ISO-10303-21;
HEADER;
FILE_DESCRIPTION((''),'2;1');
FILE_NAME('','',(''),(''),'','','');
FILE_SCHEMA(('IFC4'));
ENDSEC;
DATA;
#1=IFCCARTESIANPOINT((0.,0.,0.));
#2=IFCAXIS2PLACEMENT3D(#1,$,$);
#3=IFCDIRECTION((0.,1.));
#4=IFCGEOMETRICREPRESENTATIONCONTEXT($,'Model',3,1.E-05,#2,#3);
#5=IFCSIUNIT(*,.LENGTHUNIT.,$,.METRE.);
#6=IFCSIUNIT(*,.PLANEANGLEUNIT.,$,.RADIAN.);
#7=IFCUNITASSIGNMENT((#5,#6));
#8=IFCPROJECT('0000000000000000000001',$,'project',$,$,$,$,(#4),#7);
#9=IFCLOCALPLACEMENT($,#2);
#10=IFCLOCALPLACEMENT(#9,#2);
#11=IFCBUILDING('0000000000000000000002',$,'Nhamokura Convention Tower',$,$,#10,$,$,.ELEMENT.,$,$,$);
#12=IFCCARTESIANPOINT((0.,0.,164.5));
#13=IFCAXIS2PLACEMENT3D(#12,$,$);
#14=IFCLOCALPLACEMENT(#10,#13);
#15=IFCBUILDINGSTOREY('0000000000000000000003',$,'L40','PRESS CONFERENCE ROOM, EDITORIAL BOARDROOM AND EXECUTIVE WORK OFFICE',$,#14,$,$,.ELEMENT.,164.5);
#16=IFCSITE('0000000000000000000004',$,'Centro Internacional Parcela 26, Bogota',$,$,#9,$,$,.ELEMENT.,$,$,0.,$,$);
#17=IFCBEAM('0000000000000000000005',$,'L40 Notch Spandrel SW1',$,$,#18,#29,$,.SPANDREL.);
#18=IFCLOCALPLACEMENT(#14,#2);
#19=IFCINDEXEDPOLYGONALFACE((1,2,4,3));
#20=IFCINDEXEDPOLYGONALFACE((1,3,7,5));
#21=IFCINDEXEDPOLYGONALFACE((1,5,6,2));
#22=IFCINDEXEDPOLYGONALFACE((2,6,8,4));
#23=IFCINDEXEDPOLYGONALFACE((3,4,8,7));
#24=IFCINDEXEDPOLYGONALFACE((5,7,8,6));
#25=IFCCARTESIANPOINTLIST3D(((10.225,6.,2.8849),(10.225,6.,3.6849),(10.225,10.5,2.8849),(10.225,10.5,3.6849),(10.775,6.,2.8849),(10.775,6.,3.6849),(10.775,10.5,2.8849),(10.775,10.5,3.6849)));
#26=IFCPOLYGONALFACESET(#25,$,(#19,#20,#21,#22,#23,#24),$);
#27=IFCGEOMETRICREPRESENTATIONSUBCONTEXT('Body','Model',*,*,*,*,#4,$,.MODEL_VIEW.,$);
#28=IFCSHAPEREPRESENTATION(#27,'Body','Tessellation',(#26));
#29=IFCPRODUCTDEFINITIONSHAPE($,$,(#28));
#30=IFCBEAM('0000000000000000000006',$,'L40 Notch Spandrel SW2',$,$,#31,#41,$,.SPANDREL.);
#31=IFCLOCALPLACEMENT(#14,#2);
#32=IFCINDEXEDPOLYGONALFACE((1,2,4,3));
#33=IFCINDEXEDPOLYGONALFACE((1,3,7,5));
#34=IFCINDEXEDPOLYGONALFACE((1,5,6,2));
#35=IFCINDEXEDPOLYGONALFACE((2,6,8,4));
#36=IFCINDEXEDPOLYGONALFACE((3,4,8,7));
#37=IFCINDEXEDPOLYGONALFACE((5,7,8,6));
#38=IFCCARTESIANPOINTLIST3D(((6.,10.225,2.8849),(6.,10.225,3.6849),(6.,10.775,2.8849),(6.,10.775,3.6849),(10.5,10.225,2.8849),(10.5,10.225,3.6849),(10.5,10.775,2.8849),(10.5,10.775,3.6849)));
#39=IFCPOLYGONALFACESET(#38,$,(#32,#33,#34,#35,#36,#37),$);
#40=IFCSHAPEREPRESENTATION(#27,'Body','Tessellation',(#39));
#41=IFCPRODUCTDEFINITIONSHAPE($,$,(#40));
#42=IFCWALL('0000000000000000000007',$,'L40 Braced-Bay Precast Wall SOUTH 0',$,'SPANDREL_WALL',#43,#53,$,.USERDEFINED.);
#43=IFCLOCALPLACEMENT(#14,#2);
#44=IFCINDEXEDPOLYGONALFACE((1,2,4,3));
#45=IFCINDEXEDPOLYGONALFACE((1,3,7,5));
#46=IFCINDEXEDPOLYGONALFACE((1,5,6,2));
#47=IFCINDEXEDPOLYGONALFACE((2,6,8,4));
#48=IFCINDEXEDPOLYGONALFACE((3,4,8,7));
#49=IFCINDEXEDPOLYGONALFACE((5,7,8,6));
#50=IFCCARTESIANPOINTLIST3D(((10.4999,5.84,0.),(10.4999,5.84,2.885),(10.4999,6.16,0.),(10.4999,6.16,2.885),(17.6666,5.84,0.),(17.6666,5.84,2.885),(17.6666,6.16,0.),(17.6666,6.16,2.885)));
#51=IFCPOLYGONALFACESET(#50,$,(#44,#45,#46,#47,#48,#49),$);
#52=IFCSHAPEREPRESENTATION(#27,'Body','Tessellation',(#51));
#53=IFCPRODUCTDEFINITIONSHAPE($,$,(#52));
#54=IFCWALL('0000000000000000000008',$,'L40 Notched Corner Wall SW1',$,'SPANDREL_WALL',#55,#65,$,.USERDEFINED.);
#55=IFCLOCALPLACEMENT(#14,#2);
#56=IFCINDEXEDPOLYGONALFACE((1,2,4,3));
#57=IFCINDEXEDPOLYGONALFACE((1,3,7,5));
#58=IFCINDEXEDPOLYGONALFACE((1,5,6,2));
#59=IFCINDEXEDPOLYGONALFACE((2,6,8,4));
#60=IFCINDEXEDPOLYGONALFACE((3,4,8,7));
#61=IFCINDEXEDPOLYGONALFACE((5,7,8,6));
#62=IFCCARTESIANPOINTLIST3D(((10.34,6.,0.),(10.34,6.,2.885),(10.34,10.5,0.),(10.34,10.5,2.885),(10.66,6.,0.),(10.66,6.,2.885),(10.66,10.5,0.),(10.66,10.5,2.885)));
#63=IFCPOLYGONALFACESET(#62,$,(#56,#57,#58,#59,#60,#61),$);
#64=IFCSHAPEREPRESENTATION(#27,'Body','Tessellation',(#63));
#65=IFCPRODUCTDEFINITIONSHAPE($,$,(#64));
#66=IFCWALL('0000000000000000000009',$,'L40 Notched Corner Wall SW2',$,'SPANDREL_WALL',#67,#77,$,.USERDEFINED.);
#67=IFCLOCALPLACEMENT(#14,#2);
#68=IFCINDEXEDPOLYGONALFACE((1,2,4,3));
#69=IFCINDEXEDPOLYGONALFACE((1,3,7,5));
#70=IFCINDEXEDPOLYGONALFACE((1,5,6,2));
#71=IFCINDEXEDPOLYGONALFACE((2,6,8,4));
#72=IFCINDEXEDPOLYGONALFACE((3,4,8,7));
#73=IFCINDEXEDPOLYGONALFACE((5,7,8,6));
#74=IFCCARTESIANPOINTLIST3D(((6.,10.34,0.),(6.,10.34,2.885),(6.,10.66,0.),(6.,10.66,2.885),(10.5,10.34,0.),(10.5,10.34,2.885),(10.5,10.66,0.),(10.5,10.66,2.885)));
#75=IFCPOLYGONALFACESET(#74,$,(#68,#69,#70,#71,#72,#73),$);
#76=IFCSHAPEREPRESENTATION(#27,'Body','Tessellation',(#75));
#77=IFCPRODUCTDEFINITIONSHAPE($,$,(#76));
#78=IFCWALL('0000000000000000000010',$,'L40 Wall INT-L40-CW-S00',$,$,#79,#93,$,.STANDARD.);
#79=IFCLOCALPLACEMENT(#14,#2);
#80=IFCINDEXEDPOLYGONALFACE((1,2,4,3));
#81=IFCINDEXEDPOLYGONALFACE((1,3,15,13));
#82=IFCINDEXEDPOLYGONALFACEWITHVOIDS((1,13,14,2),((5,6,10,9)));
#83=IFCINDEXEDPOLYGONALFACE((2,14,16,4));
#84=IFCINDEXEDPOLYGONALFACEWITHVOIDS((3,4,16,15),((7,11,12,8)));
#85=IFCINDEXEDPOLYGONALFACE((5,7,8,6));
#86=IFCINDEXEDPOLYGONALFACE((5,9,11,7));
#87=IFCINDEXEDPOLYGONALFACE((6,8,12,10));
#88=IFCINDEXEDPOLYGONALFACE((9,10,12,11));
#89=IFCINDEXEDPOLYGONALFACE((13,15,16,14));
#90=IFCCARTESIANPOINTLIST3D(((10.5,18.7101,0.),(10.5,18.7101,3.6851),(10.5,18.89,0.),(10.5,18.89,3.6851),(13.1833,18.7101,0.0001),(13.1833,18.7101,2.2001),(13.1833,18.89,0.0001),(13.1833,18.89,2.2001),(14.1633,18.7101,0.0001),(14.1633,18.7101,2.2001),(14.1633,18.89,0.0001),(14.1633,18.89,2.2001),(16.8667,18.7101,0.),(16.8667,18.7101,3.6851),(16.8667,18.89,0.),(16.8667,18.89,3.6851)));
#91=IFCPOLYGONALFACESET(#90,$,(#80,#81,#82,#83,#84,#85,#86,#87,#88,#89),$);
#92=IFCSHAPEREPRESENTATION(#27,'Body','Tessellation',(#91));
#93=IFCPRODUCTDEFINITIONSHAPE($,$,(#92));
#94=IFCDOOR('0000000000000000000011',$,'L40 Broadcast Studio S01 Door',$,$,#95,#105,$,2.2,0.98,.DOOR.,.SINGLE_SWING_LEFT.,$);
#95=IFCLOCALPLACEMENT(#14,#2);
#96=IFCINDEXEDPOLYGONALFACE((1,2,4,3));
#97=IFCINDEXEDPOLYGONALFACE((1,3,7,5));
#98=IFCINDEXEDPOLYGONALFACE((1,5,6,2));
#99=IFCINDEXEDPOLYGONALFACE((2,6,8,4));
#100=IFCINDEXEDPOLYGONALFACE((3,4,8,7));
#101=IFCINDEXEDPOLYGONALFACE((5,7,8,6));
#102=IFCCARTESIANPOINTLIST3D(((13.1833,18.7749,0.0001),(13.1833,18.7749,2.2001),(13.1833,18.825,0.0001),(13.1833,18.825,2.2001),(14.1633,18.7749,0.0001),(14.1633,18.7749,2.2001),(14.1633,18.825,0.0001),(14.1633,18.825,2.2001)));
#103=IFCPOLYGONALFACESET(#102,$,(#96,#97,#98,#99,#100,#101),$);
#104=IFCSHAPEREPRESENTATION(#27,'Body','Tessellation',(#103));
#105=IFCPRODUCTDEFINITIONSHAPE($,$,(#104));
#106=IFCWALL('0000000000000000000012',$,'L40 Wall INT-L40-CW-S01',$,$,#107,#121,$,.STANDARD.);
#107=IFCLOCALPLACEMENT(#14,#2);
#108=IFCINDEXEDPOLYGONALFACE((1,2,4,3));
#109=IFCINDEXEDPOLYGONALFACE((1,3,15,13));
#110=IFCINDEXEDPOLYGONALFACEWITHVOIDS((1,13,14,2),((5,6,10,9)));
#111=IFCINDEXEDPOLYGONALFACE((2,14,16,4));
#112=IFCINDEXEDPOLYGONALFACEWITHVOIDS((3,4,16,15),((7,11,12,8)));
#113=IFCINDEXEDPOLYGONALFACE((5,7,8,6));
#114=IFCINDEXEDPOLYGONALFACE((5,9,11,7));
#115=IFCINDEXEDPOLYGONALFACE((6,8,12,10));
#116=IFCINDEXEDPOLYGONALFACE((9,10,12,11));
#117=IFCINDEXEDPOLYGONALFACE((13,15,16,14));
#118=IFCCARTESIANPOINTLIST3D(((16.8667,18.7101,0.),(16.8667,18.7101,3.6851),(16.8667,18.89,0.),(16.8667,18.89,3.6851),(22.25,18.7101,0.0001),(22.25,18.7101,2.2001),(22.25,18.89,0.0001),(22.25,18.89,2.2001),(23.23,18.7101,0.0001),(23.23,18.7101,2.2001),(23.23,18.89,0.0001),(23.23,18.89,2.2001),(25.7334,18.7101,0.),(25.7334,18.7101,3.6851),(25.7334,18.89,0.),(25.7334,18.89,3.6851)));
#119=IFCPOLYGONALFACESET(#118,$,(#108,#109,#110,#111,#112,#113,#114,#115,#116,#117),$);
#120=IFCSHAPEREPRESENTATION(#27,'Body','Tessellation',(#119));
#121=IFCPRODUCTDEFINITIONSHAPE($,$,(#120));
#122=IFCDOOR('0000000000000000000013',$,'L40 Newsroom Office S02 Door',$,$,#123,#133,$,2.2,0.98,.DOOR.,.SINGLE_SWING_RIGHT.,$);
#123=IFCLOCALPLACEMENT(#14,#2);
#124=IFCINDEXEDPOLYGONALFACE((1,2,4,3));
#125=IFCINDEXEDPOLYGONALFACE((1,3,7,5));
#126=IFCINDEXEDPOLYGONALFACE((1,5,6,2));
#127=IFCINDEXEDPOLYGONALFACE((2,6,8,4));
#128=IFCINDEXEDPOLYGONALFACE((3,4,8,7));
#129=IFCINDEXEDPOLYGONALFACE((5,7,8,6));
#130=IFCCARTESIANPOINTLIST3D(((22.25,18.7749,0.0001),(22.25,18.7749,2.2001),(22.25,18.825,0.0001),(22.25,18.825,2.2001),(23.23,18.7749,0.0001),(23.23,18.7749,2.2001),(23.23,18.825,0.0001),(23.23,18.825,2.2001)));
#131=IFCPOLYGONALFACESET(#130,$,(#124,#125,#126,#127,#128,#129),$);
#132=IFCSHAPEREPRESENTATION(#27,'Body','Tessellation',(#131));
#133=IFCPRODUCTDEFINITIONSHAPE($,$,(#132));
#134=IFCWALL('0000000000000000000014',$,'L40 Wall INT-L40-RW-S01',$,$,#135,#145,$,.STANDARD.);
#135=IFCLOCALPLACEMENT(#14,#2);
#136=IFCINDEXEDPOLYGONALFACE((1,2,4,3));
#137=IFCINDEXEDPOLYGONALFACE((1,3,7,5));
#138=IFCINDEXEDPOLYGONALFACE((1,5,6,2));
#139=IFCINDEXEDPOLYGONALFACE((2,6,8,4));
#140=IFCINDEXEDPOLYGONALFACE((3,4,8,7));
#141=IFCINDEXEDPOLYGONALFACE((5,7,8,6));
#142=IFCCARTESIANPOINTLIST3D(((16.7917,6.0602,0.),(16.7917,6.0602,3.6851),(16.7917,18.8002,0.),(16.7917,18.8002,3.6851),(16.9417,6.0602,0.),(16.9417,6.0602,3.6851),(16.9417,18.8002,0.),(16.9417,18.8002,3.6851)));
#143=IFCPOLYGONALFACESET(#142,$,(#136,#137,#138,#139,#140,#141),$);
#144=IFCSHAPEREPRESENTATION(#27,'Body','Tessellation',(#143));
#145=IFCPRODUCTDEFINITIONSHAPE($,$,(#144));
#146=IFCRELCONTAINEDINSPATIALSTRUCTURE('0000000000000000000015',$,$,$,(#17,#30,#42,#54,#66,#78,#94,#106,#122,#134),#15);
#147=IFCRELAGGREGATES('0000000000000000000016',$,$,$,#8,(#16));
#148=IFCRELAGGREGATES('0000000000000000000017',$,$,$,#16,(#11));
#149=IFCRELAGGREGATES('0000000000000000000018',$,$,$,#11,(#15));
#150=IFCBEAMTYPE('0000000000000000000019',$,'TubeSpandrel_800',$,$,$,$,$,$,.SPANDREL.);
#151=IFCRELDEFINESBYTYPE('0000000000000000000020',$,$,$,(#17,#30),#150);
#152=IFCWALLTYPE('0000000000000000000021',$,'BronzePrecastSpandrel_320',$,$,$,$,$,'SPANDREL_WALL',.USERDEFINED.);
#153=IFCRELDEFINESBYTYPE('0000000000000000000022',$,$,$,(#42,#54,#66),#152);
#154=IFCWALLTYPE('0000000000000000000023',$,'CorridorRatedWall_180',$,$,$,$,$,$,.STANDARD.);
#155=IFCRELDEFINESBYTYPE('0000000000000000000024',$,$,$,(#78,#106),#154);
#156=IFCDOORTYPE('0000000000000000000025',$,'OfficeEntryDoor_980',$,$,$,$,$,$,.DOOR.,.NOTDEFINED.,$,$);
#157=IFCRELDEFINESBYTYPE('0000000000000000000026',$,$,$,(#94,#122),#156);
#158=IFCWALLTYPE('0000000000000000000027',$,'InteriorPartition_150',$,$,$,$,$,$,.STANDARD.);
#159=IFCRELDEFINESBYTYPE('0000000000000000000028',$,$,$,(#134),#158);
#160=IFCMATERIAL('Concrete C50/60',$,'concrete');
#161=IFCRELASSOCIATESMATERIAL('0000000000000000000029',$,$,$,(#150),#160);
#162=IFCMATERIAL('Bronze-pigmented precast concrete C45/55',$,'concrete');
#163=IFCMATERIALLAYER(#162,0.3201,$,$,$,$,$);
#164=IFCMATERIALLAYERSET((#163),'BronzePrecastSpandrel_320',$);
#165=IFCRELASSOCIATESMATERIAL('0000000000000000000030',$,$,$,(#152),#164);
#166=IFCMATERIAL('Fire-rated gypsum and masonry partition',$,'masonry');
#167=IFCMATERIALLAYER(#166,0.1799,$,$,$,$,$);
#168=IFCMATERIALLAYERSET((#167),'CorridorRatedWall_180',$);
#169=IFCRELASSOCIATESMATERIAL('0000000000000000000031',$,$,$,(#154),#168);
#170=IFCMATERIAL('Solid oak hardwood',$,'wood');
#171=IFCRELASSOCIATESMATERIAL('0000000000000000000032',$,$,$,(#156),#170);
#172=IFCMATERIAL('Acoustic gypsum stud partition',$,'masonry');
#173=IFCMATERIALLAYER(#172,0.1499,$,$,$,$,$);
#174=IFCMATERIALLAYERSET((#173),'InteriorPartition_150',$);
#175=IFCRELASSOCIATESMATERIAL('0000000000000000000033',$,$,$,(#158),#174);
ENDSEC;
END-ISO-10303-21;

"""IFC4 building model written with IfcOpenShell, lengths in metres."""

from ifc_helpers import new_model, si_unit, direction, frame, frame_2d, origin, origin_2d, place, context, subcontext, project, spatial, rectangle, extrude, material, layer, layer_set, material_profile, profile_set, type_object, element, fill, save


model = new_model("IFC4")

# Units and contexts
model_context = context("Model", 3, precision=1e-05, world=origin(), true_north=direction((0.0, 1.0)))
body_context = subcontext(model_context, "Body", "Model", "MODEL_VIEW")
ifc_project = project(units=[si_unit("LENGTHUNIT", "METRE"), si_unit("PLANEANGLEUNIT", "RADIAN")], contexts=[model_context])

# Site, building, storey
site_placement = place(None, origin())
site = spatial("IfcSite", under=ifc_project, at=site_placement, Name="Centro Internacional Parcela 26, Bogota", CompositionType="ELEMENT", RefElevation=0.0)
building_placement = place(site_placement, origin())
building = spatial("IfcBuilding", under=site, at=building_placement, Name="Nhamokura Convention Tower", CompositionType="ELEMENT")
storey_placement = place(building_placement, frame((0.0, 0.0, 164.5)))
storey = spatial("IfcBuildingStorey", under=building, at=storey_placement, Name="L40", Description="PRESS CONFERENCE ROOM, EDITORIAL BOARDROOM AND EXECUTIVE WORK OFFICE", CompositionType="ELEMENT", Elevation=164.5)

# Beams
ifc_material_1 = material(Name="Concrete C50/60", Category="concrete")
ifc_material_profile_1 = material_profile(ifc_material_1, rectangle(XDim=0.55, YDim=0.8, at=origin_2d()))
ifc_profile_set_1 = profile_set([ifc_material_profile_1], Name="Concrete C50/60")
beam_type_1 = type_object("IfcBeamType", Name="TubeSpandrel_800", PredefinedType="SPANDREL", material=ifc_profile_set_1)
for number, where, z_axis, x_axis, name in (
    (1, (10.5, 6.0, 3.2849), (0.0, 1.0, 0.0), (-1.0, 0.0, 0.0), "L40 Notch Spandrel SW1"),
    (2, (10.5, 10.5, 3.2849), (-1.0, 0.0, 0.0), (0.0, -1.0, 0.0), "L40 Notch Spandrel SW2"),
):
    element("IfcBeam", number, at=place(storey_placement, frame(where, z_axis=z_axis, x_axis=x_axis)), inside=storey, type_object=beam_type_1, Name=name, PredefinedType="SPANDREL", context=body_context, shape_type="SweptSolid", body=[
        extrude(rectangle(XDim=0.55, YDim=0.8, at=origin_2d()), origin(), (0.0, 0.0, 1.0), 4.5),
    ])

# Walls
ifc_material_2 = material(Name="Bronze-pigmented precast concrete C45/55", Category="concrete")
ifc_layer_1 = layer(ifc_material_2, 0.3201)
ifc_layer_set_1 = layer_set([ifc_layer_1], Name="BronzePrecastSpandrel_320")
wall_type_1 = type_object("IfcWallType", Name="BronzePrecastSpandrel_320", ElementType="SPANDREL_WALL", PredefinedType="USERDEFINED", material=ifc_layer_set_1)
wall_1_placement = place(storey_placement, frame((17.6667, 6.0, 0.0), z_axis=(0.0, 0.0, 1.0), x_axis=(-1.0, 0.0, 0.0)))
element("IfcWall", 3, at=wall_1_placement, inside=storey, type_object=wall_type_1, Name="L40 Braced-Bay Precast Wall SOUTH 0", ObjectType="SPANDREL_WALL", PredefinedType="USERDEFINED", context=body_context, shape_type="SweptSolid", body=[
    extrude(rectangle(XDim=7.1667, YDim=0.3201, at=frame_2d((3.5835, 0.0))), origin(), (0.0, 0.0, 1.0), 2.885),
])
for number, where, z_axis, x_axis, name in (
    (4, (10.5, 6.0, 0.0), (0.0, 0.0, 1.0), (0.0, 1.0, 0.0), "L40 Notched Corner Wall SW1"),
    (5, (10.5, 10.5, 0.0), (0.0, 0.0, 1.0), (-1.0, 0.0, 0.0), "L40 Notched Corner Wall SW2"),
):
    element("IfcWall", number, at=place(storey_placement, frame(where, z_axis=z_axis, x_axis=x_axis)), inside=storey, type_object=wall_type_1, Name=name, ObjectType="SPANDREL_WALL", PredefinedType="USERDEFINED", context=body_context, shape_type="SweptSolid", body=[
        extrude(rectangle(XDim=4.5, YDim=0.3201, at=frame_2d((2.25, 0.0))), origin(), (0.0, 0.0, 1.0), 2.885),
    ])

# Walls, openings, doors
ifc_material_3 = material(Name="Fire-rated gypsum and masonry partition", Category="masonry")
ifc_layer_2 = layer(ifc_material_3, 0.1799)
ifc_layer_set_2 = layer_set([ifc_layer_2], Name="CorridorRatedWall_180")
wall_type_2 = type_object("IfcWallType", Name="CorridorRatedWall_180", PredefinedType="STANDARD", material=ifc_layer_set_2)
wall_2_placement = place(storey_placement, frame((10.5, 18.8, 0.0), z_axis=(0.0, 0.0, 1.0), x_axis=(1.0, 0.0, 0.0)))
wall_2 = element("IfcWall", 6, at=wall_2_placement, inside=storey, type_object=wall_type_2, Name="L40 Wall INT-L40-CW-S00", PredefinedType="STANDARD", context=body_context, shape_type="SweptSolid", body=[
    extrude(rectangle(XDim=6.3667, YDim=0.1799, at=frame_2d((3.1833, 0.0))), origin(), (0.0, 0.0, 1.0), 3.6851),
])
opening_1_placement = place(wall_2_placement, frame((2.6833, 0.0, 0.0)))
opening_1 = element("IfcOpeningElement", 7, at=opening_1_placement, cuts=wall_2, PredefinedType="OPENING", context=body_context, shape_type="SweptSolid", body=[
    extrude(rectangle(XDim=0.98, YDim=2.2, at=frame_2d((0.49, 1.1001))), frame((0.0, 0.0999, 0.0), z_axis=(0.0, -1.0, 0.0), x_axis=(1.0, 0.0, 0.0)), (0.0, 0.0, 1.0), 0.2),
])
ifc_material_4 = material(Name="Solid oak hardwood", Category="wood")
door_type = type_object("IfcDoorType", Name="OfficeEntryDoor_980", OperationType="NOTDEFINED", PredefinedType="DOOR", material=ifc_material_4)
door_1_placement = place(opening_1_placement, origin())
door_1 = element("IfcDoor", 8, at=door_1_placement, inside=storey, type_object=door_type, Name="L40 Broadcast Studio S01 Door", OperationType="SINGLE_SWING_LEFT", OverallHeight=2.2, OverallWidth=0.98, PredefinedType="DOOR", context=body_context, shape_type="SweptSolid", body=[
    extrude(rectangle(XDim=0.98, YDim=2.2, at=frame_2d((0.49, 1.1001))), frame((0.0, 0.0249, 0.0), z_axis=(0.0, -1.0, 0.0), x_axis=(1.0, 0.0, 0.0)), (0.0, 0.0, 1.0), 0.05),
])
fill(opening_1, door_1)
wall_3_placement = place(storey_placement, frame((16.8667, 18.8, 0.0), z_axis=(0.0, 0.0, 1.0), x_axis=(1.0, 0.0, 0.0)))
wall_3 = element("IfcWall", 9, at=wall_3_placement, inside=storey, type_object=wall_type_2, Name="L40 Wall INT-L40-CW-S01", PredefinedType="STANDARD", context=body_context, shape_type="SweptSolid", body=[
    extrude(rectangle(XDim=8.8667, YDim=0.1799, at=frame_2d((4.4333, 0.0))), origin(), (0.0, 0.0, 1.0), 3.6851),
])
opening_2_placement = place(wall_3_placement, frame((5.3833, 0.0, 0.0)))
opening_2 = element("IfcOpeningElement", 10, at=opening_2_placement, cuts=wall_3, PredefinedType="OPENING", context=body_context, shape_type="SweptSolid", body=[
    extrude(rectangle(XDim=0.98, YDim=2.2, at=frame_2d((0.49, 1.1001))), frame((0.0, 0.0999, 0.0), z_axis=(0.0, -1.0, 0.0), x_axis=(1.0, 0.0, 0.0)), (0.0, 0.0, 1.0), 0.2),
])
door_2_placement = place(opening_2_placement, origin())
door_2 = element("IfcDoor", 11, at=door_2_placement, inside=storey, type_object=door_type, Name="L40 Newsroom Office S02 Door", OperationType="SINGLE_SWING_RIGHT", OverallHeight=2.2, OverallWidth=0.98, PredefinedType="DOOR", context=body_context, shape_type="SweptSolid", body=[
    extrude(rectangle(XDim=0.98, YDim=2.2, at=frame_2d((0.49, 1.1001))), frame((0.0, 0.0249, 0.0), z_axis=(0.0, -1.0, 0.0), x_axis=(1.0, 0.0, 0.0)), (0.0, 0.0, 1.0), 0.05),
])
fill(opening_2, door_2)

# Wall
ifc_material_5 = material(Name="Acoustic gypsum stud partition", Category="masonry")
ifc_layer_3 = layer(ifc_material_5, 0.1499)
ifc_layer_set_3 = layer_set([ifc_layer_3], Name="InteriorPartition_150")
wall_type_3 = type_object("IfcWallType", Name="InteriorPartition_150", PredefinedType="STANDARD", material=ifc_layer_set_3)
wall_4_placement = place(storey_placement, frame((16.8667, 6.0601, 0.0), z_axis=(0.0, 0.0, 1.0), x_axis=(0.0, 1.0, 0.0)))
element("IfcWall", 12, at=wall_4_placement, inside=storey, type_object=wall_type_3, Name="L40 Wall INT-L40-RW-S01", PredefinedType="STANDARD", context=body_context, shape_type="SweptSolid", body=[
    extrude(rectangle(XDim=12.74, YDim=0.1499, at=frame_2d((6.3701, 0.0))), origin(), (0.0, 0.0, 1.0), 3.6851),
])

save(model, "model.ifc")
